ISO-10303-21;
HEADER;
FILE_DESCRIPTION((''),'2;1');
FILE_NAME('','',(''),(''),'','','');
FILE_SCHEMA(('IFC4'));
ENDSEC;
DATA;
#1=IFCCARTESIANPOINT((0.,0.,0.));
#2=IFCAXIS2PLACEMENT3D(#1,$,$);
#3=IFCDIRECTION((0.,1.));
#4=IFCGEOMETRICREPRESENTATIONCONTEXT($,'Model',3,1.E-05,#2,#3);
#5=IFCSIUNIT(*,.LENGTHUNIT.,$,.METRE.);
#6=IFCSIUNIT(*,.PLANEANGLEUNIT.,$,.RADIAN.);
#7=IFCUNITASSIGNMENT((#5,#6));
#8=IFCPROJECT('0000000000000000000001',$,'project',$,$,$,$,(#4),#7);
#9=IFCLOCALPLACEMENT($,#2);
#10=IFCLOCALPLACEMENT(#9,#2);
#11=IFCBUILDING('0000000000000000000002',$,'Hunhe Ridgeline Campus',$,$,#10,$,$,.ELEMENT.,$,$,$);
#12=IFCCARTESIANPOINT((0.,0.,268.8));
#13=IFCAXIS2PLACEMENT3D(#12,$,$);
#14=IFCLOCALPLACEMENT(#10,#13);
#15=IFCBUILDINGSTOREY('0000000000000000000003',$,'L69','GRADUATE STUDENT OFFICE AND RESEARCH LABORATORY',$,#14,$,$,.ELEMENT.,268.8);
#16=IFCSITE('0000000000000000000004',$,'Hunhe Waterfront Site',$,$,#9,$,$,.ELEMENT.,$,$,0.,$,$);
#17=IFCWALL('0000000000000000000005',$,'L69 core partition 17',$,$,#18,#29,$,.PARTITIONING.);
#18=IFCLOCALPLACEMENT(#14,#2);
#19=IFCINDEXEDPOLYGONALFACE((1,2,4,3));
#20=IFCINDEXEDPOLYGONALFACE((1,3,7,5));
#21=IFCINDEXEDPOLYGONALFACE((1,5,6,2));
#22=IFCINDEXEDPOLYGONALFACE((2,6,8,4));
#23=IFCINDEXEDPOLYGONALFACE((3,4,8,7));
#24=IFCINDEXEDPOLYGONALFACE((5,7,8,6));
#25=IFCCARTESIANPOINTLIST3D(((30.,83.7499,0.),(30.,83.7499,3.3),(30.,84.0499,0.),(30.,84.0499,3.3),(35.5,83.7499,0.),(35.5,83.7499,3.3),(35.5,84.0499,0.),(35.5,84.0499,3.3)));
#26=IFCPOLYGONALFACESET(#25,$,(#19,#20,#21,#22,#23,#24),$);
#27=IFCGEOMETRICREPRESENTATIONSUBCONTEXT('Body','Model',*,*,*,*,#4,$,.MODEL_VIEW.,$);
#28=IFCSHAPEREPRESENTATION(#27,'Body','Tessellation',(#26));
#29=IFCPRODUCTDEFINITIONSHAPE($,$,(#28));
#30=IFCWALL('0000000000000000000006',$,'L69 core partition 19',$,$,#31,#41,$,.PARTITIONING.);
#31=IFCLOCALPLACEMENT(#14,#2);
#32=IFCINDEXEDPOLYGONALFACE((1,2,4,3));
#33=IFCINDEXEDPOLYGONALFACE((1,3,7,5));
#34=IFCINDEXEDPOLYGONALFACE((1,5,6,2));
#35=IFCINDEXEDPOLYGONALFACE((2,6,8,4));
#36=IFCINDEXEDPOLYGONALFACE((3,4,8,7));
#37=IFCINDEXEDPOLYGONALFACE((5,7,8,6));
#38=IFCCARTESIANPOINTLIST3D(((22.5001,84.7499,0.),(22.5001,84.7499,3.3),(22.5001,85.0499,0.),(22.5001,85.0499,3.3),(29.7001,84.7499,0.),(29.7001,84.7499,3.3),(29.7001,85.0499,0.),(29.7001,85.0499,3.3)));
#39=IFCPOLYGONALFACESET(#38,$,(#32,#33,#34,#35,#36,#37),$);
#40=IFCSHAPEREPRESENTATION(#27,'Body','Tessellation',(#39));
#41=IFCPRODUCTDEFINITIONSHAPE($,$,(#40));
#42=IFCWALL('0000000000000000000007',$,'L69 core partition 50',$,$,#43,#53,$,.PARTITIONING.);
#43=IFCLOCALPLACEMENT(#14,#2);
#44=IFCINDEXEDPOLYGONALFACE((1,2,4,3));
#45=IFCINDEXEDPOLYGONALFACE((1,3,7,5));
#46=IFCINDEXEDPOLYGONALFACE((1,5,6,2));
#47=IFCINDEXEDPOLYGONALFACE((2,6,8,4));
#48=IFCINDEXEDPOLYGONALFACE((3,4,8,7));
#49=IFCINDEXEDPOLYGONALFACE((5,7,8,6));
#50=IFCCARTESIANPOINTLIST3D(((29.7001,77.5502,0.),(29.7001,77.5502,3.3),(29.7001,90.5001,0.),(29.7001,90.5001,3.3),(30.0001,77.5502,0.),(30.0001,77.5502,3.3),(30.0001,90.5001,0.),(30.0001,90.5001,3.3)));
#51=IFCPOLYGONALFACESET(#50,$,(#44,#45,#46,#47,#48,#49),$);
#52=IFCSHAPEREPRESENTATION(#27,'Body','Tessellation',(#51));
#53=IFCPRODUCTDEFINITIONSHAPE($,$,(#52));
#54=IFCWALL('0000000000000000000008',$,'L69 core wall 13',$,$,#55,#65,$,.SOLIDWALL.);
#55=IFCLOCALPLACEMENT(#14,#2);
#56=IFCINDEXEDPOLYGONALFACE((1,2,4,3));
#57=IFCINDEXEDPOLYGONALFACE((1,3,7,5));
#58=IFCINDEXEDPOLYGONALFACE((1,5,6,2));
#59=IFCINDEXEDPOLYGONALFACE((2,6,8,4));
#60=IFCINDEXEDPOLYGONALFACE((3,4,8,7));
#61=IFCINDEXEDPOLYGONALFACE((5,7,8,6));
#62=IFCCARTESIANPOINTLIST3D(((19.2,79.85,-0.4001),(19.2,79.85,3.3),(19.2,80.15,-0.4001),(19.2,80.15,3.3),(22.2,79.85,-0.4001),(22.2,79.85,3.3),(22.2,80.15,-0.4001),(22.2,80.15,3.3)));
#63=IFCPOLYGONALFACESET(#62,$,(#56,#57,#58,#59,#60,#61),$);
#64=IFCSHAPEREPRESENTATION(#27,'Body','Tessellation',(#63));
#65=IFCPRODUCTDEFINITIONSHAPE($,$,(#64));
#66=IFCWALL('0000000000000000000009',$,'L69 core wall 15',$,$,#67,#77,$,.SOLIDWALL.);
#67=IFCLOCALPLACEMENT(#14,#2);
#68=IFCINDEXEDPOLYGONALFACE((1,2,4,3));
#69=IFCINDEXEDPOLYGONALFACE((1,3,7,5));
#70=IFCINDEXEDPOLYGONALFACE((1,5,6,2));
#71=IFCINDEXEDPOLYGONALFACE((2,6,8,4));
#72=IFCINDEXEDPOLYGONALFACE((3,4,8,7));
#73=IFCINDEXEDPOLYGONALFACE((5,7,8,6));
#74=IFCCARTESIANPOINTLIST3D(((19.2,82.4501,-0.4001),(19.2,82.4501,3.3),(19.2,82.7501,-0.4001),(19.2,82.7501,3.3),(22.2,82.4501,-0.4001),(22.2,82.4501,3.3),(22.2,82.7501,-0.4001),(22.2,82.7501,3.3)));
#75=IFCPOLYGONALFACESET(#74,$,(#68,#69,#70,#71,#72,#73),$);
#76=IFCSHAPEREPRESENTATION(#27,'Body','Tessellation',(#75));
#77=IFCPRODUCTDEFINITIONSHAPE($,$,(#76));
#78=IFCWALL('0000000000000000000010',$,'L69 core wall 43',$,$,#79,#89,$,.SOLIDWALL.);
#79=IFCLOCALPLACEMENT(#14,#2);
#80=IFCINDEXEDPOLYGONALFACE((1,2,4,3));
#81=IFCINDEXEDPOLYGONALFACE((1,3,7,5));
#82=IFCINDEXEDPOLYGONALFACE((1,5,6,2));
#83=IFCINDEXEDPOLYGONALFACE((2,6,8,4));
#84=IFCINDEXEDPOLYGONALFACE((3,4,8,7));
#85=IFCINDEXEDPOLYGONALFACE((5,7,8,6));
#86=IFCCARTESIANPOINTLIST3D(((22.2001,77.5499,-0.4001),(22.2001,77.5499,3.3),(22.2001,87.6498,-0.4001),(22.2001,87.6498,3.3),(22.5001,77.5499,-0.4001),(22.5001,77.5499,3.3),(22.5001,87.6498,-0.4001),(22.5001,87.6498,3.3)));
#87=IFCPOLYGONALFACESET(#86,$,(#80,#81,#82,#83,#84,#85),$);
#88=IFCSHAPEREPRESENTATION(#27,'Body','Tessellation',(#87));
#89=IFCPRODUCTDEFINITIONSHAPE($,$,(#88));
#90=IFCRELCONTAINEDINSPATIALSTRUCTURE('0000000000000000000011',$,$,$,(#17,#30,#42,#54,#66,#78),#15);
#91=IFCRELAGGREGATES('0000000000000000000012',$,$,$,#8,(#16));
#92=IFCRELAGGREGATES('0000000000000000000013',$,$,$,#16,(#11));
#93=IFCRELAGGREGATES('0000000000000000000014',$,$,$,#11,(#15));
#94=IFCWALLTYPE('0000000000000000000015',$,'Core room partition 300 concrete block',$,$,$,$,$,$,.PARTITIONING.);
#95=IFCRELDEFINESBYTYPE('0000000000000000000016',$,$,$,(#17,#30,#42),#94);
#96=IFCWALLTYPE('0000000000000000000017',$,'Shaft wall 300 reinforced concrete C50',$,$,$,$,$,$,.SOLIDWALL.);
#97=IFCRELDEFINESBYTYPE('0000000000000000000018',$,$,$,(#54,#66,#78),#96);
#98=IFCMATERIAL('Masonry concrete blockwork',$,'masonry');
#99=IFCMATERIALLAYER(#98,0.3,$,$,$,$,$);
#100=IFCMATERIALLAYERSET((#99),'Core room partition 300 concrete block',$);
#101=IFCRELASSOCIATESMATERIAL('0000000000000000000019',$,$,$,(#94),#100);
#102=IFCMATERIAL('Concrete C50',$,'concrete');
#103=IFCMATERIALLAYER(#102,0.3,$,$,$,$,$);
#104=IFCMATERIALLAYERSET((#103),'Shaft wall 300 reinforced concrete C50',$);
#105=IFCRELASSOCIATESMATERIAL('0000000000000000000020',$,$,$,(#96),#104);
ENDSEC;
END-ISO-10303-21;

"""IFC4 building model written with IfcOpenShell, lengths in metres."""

from ifc_helpers import new_model, si_unit, direction, frame, frame_2d, origin, place, context, subcontext, project, spatial, rectangle, extrude, material, layer, layer_set, type_object, element, save


model = new_model("IFC4")

# Units and contexts
model_context = context("Model", 3, precision=1e-05, world=origin(), true_north=direction((0.0, 1.0)))
body_context = subcontext(model_context, "Body", "Model", "MODEL_VIEW")
ifc_project = project(units=[si_unit("LENGTHUNIT", "METRE"), si_unit("PLANEANGLEUNIT", "RADIAN")], contexts=[model_context])

# Site, building, storey
site_placement = place(None, origin())
site = spatial("IfcSite", under=ifc_project, at=site_placement, Name="Hunhe Waterfront Site", CompositionType="ELEMENT", RefElevation=0.0)
building_placement = place(site_placement, origin())
building = spatial("IfcBuilding", under=site, at=building_placement, Name="Hunhe Ridgeline Campus", CompositionType="ELEMENT")
storey_placement = place(building_placement, frame((0.0, 0.0, 268.8)))
storey = spatial("IfcBuildingStorey", under=building, at=storey_placement, Name="L69", Description="GRADUATE STUDENT OFFICE AND RESEARCH LABORATORY", CompositionType="ELEMENT", Elevation=268.8)

# Shared definitions
ifc_material_1 = material(Name="Masonry concrete blockwork", Category="masonry")
ifc_layer_1 = layer(ifc_material_1, 0.3)
ifc_layer_set_1 = layer_set([ifc_layer_1], Name="Core room partition 300 concrete block")
wall_type_1 = type_object("IfcWallType", Name="Core room partition 300 concrete block", PredefinedType="PARTITIONING", material=ifc_layer_set_1)

# Walls
wall_1_placement = place(storey_placement, frame((30.0, 83.8999, 0.0), z_axis=(0.0, 0.0, 1.0), x_axis=(1.0, 0.0, 0.0)))
element("IfcWall", 1, at=wall_1_placement, inside=storey, type_object=wall_type_1, Name="L69 core partition 17", PredefinedType="PARTITIONING", context=body_context, shape_type="SweptSolid", body=[
    extrude(rectangle(XDim=5.5, YDim=0.3, at=frame_2d((2.75, 0.0))), origin(), (0.0, 0.0, 1.0), 3.3),
])
wall_2_placement = place(storey_placement, frame((22.5, 84.8999, 0.0), z_axis=(0.0, 0.0, 1.0), x_axis=(1.0, 0.0, 0.0)))
element("IfcWall", 2, at=wall_2_placement, inside=storey, type_object=wall_type_1, Name="L69 core partition 19", PredefinedType="PARTITIONING", context=body_context, shape_type="SweptSolid", body=[
    extrude(rectangle(XDim=7.2, YDim=0.3, at=frame_2d((3.6001, 0.0))), origin(), (0.0, 0.0, 1.0), 3.3),
])
wall_3_placement = place(storey_placement, frame((29.8501, 77.55, 0.0), z_axis=(0.0, 0.0, 1.0), x_axis=(0.0, 1.0, 0.0)))
element("IfcWall", 3, at=wall_3_placement, inside=storey, type_object=wall_type_1, Name="L69 core partition 50", PredefinedType="PARTITIONING", context=body_context, shape_type="SweptSolid", body=[
    extrude(rectangle(XDim=12.95, YDim=0.3, at=frame_2d((6.4751, 0.0))), origin(), (0.0, 0.0, 1.0), 3.3),
])
ifc_material_2 = material(Name="Concrete C50", Category="concrete")
ifc_layer_2 = layer(ifc_material_2, 0.3)
ifc_layer_set_2 = layer_set([ifc_layer_2], Name="Shaft wall 300 reinforced concrete C50")
wall_type_2 = type_object("IfcWallType", Name="Shaft wall 300 reinforced concrete C50", PredefinedType="SOLIDWALL", material=ifc_layer_set_2)
for number, where, z_axis, x_axis, name in (
    (4, (19.2, 80.0, -0.4001), (0.0, 0.0, 1.0), (1.0, 0.0, 0.0), "L69 core wall 13"),
    (5, (19.2, 82.6001, -0.4001), (0.0, 0.0, 1.0), (1.0, 0.0, 0.0), "L69 core wall 15"),
):
    element("IfcWall", number, at=place(storey_placement, frame(where, z_axis=z_axis, x_axis=x_axis)), inside=storey, type_object=wall_type_2, Name=name, PredefinedType="SOLIDWALL", context=body_context, shape_type="SweptSolid", body=[
        extrude(rectangle(XDim=3.0, YDim=0.3, at=frame_2d((1.5, 0.0))), origin(), (0.0, 0.0, 1.0), 3.7002),
    ])

# Wall
wall_4_placement = place(storey_placement, frame((22.3501, 77.55, -0.4001), z_axis=(0.0, 0.0, 1.0), x_axis=(0.0, 1.0, 0.0)))
element("IfcWall", 6, at=wall_4_placement, inside=storey, type_object=wall_type_2, Name="L69 core wall 43", PredefinedType="SOLIDWALL", context=body_context, shape_type="SweptSolid", body=[
    extrude(rectangle(XDim=10.0999, YDim=0.3, at=frame_2d((5.0498, 0.0))), origin(), (0.0, 0.0, 1.0), 3.7002),
])

save(model, "model.ifc")
